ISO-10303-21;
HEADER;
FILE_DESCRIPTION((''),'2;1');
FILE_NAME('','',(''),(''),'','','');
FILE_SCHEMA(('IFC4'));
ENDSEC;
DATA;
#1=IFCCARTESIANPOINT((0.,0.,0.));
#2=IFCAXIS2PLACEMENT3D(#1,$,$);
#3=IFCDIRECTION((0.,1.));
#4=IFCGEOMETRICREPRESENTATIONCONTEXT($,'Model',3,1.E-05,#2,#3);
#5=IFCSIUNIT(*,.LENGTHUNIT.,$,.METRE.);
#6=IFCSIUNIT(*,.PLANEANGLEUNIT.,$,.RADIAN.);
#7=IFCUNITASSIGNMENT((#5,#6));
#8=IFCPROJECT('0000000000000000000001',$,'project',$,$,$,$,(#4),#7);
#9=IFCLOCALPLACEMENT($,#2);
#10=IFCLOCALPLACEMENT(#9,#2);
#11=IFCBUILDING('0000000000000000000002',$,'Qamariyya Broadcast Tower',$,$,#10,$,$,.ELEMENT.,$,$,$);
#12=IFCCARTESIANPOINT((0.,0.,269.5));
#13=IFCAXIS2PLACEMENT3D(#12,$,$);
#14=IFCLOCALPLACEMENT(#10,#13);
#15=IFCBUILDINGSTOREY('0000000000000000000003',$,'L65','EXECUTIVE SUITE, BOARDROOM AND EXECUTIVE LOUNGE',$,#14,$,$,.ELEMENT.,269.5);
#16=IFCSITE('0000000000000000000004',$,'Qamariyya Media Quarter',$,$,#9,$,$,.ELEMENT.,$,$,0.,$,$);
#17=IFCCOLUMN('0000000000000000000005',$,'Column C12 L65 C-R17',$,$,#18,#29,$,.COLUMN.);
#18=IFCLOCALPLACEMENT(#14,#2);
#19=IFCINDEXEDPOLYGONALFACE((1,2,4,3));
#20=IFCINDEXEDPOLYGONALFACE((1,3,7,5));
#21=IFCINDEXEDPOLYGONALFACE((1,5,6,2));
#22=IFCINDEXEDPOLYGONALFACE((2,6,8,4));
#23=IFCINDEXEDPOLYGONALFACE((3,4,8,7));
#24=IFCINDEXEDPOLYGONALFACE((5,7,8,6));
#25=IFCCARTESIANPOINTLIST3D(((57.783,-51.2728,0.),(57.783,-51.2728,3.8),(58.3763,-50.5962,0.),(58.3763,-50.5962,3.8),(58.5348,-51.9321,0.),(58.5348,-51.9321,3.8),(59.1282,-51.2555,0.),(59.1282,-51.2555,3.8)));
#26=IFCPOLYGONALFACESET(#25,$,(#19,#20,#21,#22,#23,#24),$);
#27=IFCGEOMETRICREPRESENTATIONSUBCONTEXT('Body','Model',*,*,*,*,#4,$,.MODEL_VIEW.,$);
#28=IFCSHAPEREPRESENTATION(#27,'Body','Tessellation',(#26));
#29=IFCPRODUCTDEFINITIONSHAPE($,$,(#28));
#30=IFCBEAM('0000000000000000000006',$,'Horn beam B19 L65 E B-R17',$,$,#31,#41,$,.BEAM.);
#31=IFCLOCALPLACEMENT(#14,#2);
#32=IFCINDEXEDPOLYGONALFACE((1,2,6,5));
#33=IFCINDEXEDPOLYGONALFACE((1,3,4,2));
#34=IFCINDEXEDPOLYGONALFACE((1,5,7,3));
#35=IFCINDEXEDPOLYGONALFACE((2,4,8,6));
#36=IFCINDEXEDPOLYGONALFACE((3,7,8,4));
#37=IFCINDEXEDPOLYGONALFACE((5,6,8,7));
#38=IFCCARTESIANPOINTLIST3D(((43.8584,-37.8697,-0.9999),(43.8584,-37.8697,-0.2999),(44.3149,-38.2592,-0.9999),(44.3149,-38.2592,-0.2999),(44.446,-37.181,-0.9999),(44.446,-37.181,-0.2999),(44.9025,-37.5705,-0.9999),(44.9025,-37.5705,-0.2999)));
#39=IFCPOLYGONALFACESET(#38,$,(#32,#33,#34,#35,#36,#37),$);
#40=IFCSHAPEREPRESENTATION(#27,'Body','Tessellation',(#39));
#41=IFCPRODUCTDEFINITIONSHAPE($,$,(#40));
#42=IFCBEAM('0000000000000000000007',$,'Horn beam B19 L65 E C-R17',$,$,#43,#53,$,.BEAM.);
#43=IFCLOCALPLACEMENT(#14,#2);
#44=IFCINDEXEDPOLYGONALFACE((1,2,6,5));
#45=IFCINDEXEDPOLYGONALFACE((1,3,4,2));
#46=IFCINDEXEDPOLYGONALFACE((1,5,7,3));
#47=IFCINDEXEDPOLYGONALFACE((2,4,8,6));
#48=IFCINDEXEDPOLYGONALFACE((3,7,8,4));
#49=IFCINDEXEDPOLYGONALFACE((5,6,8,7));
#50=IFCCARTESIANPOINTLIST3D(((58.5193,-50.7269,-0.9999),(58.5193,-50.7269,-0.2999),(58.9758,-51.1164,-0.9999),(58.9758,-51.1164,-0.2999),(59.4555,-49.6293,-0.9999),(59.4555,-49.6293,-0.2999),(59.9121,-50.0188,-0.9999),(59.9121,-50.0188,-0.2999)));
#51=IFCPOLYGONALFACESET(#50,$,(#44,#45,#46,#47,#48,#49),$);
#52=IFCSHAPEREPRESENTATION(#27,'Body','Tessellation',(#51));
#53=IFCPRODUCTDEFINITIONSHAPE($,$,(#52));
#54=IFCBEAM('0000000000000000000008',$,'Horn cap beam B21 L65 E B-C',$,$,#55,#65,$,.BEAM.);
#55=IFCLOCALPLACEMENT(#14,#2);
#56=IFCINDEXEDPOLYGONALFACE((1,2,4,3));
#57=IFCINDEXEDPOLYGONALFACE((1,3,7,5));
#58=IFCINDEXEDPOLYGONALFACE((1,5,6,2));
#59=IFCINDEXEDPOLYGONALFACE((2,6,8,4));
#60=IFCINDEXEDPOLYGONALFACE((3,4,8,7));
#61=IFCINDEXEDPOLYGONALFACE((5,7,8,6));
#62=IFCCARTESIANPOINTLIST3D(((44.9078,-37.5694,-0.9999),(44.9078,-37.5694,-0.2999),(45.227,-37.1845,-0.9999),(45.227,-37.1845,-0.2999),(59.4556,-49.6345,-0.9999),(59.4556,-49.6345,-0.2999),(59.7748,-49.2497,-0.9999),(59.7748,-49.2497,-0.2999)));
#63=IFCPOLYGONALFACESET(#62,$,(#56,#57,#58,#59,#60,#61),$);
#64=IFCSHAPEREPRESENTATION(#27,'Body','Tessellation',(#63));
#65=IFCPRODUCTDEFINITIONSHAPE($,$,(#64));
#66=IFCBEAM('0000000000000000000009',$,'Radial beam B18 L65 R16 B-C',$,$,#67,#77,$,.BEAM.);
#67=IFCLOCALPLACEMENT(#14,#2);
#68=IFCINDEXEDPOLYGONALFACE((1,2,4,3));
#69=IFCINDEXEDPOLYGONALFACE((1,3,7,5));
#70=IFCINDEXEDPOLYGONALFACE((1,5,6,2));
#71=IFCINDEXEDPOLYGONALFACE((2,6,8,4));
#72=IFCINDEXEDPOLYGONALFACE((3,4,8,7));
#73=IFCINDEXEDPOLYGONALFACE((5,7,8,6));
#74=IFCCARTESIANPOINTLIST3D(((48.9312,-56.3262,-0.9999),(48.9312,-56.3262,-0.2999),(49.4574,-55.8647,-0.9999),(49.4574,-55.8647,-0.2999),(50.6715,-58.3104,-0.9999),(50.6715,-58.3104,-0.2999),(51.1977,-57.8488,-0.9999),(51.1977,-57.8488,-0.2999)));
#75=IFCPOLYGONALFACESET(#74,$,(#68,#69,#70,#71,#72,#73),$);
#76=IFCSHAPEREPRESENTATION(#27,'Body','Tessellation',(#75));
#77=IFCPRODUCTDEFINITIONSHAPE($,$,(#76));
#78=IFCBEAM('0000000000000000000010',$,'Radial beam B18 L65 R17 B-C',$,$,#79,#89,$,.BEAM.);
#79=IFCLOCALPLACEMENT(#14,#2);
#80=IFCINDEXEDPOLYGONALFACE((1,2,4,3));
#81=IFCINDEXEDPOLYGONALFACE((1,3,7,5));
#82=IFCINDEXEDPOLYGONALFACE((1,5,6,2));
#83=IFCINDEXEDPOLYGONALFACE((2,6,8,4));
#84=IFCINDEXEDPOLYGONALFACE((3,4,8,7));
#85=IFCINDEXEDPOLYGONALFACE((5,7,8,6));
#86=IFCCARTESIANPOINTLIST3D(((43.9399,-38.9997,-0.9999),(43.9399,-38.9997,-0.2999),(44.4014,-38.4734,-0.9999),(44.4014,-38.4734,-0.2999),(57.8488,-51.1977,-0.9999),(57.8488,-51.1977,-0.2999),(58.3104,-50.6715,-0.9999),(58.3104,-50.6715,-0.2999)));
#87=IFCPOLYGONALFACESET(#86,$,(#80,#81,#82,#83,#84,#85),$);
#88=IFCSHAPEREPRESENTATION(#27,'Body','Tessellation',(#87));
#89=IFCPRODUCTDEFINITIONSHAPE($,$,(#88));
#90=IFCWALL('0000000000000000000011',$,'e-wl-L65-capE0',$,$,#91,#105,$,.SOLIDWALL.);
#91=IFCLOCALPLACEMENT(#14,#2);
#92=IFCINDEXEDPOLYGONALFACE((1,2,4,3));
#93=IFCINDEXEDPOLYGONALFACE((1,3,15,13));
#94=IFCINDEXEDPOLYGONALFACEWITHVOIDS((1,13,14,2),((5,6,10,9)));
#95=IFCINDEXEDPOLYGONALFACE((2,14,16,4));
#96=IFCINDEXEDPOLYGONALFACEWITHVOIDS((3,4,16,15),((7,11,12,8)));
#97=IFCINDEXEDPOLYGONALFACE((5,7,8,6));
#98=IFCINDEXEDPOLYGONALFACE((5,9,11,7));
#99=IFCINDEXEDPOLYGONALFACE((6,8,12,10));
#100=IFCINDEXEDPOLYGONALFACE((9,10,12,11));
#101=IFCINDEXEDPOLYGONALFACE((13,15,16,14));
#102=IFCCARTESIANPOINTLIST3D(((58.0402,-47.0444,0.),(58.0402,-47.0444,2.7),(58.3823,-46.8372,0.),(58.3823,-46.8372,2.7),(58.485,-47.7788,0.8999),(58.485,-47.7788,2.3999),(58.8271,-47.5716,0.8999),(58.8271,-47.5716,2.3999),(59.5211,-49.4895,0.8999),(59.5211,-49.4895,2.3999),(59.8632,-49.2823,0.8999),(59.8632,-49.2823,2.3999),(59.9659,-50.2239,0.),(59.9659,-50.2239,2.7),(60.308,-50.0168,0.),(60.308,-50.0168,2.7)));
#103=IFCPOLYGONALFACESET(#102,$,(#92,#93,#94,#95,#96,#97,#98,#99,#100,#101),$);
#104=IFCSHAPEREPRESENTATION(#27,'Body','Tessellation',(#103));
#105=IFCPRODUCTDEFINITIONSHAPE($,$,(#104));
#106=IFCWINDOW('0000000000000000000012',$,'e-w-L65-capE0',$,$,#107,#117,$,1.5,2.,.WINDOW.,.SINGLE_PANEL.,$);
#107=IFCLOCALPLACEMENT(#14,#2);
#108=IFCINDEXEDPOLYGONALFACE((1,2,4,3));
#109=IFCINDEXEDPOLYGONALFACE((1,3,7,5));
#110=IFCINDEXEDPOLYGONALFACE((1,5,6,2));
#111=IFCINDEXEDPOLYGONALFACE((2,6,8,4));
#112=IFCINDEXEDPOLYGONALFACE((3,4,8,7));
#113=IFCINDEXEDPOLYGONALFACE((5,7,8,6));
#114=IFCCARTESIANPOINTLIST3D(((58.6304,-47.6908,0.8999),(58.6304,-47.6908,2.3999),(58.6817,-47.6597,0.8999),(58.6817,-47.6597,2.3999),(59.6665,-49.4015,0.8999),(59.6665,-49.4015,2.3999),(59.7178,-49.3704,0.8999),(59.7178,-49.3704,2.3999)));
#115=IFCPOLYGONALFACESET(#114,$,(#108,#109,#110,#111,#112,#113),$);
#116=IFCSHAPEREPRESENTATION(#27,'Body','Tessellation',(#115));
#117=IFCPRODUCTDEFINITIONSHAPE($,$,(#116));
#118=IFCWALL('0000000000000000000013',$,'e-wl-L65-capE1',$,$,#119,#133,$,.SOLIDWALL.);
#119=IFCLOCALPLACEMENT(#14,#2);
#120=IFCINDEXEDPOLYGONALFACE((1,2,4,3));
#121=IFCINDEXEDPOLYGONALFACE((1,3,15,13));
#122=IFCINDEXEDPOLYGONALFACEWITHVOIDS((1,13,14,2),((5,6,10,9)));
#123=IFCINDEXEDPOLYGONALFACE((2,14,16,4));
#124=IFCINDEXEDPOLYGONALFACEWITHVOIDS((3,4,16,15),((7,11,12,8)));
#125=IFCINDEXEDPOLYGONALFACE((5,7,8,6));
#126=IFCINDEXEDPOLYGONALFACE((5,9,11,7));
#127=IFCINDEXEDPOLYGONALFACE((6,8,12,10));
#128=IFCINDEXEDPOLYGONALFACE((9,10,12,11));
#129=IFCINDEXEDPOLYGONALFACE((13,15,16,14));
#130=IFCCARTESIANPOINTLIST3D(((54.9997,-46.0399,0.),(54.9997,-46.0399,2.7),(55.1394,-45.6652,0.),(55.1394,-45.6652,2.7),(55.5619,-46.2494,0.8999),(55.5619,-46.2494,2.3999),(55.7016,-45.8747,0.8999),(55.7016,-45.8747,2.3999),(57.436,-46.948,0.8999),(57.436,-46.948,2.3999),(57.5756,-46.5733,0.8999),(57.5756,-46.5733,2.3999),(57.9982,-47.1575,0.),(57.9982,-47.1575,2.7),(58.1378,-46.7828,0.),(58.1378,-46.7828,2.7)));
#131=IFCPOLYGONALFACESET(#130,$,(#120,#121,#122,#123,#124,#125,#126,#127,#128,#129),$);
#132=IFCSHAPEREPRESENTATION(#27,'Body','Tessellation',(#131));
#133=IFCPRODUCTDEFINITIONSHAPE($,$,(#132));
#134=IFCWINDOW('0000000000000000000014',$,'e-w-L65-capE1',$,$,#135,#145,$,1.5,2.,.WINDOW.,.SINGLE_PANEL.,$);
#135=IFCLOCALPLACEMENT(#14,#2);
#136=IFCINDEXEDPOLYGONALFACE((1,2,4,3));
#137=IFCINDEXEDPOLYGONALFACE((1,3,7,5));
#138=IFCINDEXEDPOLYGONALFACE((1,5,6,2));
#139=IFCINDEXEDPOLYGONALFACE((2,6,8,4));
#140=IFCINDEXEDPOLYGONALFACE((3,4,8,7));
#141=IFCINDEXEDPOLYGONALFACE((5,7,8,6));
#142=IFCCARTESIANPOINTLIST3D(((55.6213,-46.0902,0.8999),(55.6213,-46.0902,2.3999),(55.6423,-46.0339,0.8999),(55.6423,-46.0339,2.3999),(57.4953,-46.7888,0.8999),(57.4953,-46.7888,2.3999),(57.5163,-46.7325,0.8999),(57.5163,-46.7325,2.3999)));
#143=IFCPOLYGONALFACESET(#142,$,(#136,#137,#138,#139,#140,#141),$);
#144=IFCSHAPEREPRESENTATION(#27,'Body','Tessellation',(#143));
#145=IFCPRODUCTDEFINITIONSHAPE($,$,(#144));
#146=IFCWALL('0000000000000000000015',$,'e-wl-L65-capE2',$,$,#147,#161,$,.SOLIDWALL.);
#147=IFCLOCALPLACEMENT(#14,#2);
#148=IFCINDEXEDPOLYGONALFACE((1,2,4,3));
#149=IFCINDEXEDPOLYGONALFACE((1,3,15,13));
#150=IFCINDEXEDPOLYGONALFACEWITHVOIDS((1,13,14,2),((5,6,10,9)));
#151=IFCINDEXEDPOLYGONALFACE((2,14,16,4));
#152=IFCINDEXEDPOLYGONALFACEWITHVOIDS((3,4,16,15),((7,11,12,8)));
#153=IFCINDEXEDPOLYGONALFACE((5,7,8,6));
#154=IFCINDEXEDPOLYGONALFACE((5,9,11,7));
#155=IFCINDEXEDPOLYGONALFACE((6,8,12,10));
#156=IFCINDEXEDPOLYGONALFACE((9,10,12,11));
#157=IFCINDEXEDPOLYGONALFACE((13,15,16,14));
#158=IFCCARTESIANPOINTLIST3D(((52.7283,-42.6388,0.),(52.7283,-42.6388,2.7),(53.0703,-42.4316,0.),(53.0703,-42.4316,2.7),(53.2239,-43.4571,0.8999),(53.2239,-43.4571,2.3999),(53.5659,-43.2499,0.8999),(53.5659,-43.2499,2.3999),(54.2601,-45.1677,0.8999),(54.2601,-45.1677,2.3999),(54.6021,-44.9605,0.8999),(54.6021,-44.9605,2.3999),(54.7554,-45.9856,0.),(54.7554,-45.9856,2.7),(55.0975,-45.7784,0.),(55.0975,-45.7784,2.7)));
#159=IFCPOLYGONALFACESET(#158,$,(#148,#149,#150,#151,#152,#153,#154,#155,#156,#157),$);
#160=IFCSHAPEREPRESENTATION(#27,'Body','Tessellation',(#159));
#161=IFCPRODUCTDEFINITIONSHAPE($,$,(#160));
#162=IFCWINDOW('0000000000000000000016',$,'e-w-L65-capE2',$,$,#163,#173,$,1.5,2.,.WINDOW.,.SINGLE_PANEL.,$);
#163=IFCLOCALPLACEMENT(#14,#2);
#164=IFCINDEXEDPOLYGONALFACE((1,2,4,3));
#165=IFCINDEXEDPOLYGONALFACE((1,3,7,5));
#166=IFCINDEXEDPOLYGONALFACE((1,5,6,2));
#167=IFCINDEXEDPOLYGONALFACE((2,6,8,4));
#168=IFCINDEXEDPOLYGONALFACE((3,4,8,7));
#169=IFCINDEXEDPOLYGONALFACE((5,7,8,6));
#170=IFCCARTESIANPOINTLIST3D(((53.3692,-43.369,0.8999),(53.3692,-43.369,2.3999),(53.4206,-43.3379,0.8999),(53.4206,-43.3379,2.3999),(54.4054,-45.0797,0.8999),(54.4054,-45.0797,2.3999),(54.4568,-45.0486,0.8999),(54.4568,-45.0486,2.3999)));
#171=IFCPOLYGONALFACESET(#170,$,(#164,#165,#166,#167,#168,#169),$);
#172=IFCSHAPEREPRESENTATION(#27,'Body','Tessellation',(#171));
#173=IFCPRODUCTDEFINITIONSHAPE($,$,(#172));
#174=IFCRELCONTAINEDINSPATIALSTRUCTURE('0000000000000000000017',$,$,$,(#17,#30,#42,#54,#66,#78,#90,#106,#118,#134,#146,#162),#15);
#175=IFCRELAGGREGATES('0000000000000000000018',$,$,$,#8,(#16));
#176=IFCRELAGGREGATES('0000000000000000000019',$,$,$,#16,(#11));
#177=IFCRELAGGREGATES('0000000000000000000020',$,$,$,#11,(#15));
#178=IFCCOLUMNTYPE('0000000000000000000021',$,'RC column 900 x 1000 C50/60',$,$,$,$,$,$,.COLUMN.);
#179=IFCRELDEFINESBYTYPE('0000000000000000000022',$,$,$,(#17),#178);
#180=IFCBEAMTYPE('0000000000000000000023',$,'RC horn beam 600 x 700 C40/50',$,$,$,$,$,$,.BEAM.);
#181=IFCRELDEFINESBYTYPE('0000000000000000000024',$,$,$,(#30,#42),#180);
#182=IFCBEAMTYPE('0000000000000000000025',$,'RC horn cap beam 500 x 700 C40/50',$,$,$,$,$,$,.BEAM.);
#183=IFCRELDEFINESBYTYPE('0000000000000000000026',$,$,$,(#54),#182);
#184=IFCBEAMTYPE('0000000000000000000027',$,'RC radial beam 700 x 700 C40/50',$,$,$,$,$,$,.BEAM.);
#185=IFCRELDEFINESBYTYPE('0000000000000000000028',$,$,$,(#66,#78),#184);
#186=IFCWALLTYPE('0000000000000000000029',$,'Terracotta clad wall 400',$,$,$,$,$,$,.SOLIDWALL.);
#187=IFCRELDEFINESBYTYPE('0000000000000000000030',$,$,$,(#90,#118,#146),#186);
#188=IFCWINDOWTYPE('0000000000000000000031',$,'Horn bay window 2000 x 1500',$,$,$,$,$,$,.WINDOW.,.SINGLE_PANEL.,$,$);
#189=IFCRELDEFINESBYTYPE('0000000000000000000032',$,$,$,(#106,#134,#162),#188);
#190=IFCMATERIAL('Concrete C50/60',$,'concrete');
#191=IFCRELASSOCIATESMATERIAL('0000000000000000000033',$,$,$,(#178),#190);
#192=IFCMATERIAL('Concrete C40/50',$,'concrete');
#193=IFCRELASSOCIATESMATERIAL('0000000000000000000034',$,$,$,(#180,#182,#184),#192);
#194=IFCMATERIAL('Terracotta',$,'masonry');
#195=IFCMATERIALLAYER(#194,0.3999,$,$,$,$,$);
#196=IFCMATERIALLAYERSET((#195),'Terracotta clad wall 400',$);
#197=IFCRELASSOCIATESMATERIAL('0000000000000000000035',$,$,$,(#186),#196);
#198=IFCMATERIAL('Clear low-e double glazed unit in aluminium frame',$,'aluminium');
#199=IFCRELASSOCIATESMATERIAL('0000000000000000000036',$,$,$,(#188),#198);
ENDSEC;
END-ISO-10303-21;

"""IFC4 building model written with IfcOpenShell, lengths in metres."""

from ifc_helpers import new_model, si_unit, direction, frame, frame_2d, origin, origin_2d, place, context, subcontext, project, spatial, rectangle, extrude, material, layer, layer_set, material_profile, profile_set, type_object, element, fill, save


model = new_model("IFC4")

# Units and contexts
model_context = context("Model", 3, precision=1e-05, world=origin(), true_north=direction((0.0, 1.0)))
body_context = subcontext(model_context, "Body", "Model", "MODEL_VIEW")
ifc_project = project(units=[si_unit("LENGTHUNIT", "METRE"), si_unit("PLANEANGLEUNIT", "RADIAN")], contexts=[model_context])

# Site, building, storey
site_placement = place(None, origin())
site = spatial("IfcSite", under=ifc_project, at=site_placement, Name="Qamariyya Media Quarter", CompositionType="ELEMENT", RefElevation=0.0)
building_placement = place(site_placement, origin())
building = spatial("IfcBuilding", under=site, at=building_placement, Name="Qamariyya Broadcast Tower", CompositionType="ELEMENT")
storey_placement = place(building_placement, frame((0.0, 0.0, 269.5)))
storey = spatial("IfcBuildingStorey", under=building, at=storey_placement, Name="L65", Description="EXECUTIVE SUITE, BOARDROOM AND EXECUTIVE LOUNGE", CompositionType="ELEMENT", Elevation=269.5)

# Column
ifc_material_1 = material(Name="Concrete C50/60", Category="concrete")
ifc_material_profile_1 = material_profile(ifc_material_1, rectangle(XDim=0.8999, YDim=1.0, at=origin_2d()))
ifc_profile_set_1 = profile_set([ifc_material_profile_1], Name="Concrete C50/60")
column_type = type_object("IfcColumnType", Name="RC column 900 x 1000 C50/60", PredefinedType="COLUMN", material=ifc_profile_set_1)
column_placement = place(storey_placement, frame((58.4556, -51.2642, 0.0), z_axis=(0.0, 0.0, 1.0), x_axis=(0.659346, 0.75184, 0.0)))
element("IfcColumn", 1, at=column_placement, inside=storey, type_object=column_type, Name="Column C12 L65 C-R17", PredefinedType="COLUMN", context=body_context, shape_type="SweptSolid", body=[
    extrude(rectangle(XDim=0.8999, YDim=1.0, at=origin_2d()), origin(), (0.0, 0.0, 1.0), 3.8),
])

# Beams
ifc_material_2 = material(Name="Concrete C40/50", Category="concrete")
ifc_material_profile_2 = material_profile(ifc_material_2, rectangle(XDim=0.6001, YDim=0.7, at=origin_2d()))
ifc_profile_set_2 = profile_set([ifc_material_profile_2], Name="Concrete C40/50")
beam_type_1 = type_object("IfcBeamType", Name="RC horn beam 600 x 700 C40/50", PredefinedType="BEAM", material=ifc_profile_set_2)
beam_1_placement = place(storey_placement, frame((44.0867, -38.0645, -0.6499), z_axis=(0.64908, 0.76072, 0.0), x_axis=(-0.76072, 0.64908, 0.0)))
element("IfcBeam", 2, at=beam_1_placement, inside=storey, type_object=beam_type_1, Name="Horn beam B19 L65 E B-R17", PredefinedType="BEAM", context=body_context, shape_type="SweptSolid", body=[
    extrude(rectangle(XDim=0.6001, YDim=0.7, at=origin_2d()), origin(), (0.0, 0.0, 1.0), 0.9053),
])
beam_2_placement = place(storey_placement, frame((58.7476, -50.9216, -0.6499), z_axis=(0.648964, 0.760819, 0.0), x_axis=(-0.760819, 0.648964, 0.0)))
element("IfcBeam", 3, at=beam_2_placement, inside=storey, type_object=beam_type_1, Name="Horn beam B19 L65 E C-R17", PredefinedType="BEAM", context=body_context, shape_type="SweptSolid", body=[
    extrude(rectangle(XDim=0.6001, YDim=0.7, at=origin_2d()), origin(), (0.0, 0.0, 1.0), 1.4426),
])
ifc_material_profile_3 = material_profile(ifc_material_2, rectangle(XDim=0.5, YDim=0.7, at=origin_2d()))
ifc_profile_set_3 = profile_set([ifc_material_profile_3], Name="Concrete C40/50")
beam_type_2 = type_object("IfcBeamType", Name="RC horn cap beam 500 x 700 C40/50", PredefinedType="BEAM", material=ifc_profile_set_3)
beam_3_placement = place(storey_placement, frame((45.0674, -37.377, -0.6499), z_axis=(0.769729, -0.638371, 0.0), x_axis=(0.638371, 0.769729, 0.0)))
element("IfcBeam", 4, at=beam_3_placement, inside=storey, type_object=beam_type_2, Name="Horn cap beam B21 L65 E B-C", PredefinedType="BEAM", context=body_context, shape_type="SweptSolid", body=[
    extrude(rectangle(XDim=0.5, YDim=0.7, at=origin_2d()), origin(), (0.0, 0.0, 1.0), 18.8999),
])
ifc_material_profile_4 = material_profile(ifc_material_2, rectangle(XDim=0.7, YDim=0.7, at=origin_2d()))
ifc_profile_set_4 = profile_set([ifc_material_profile_4], Name="Concrete C40/50")
beam_type_3 = type_object("IfcBeamType", Name="RC radial beam 700 x 700 C40/50", PredefinedType="BEAM", material=ifc_profile_set_4)
beam_4_placement = place(storey_placement, frame((49.1943, -56.0955, -0.6499), z_axis=(0.659388, -0.751803, 0.0), x_axis=(0.751803, 0.659388, 0.0)))
element("IfcBeam", 5, at=beam_4_placement, inside=storey, type_object=beam_type_3, Name="Radial beam B18 L65 R16 B-C", PredefinedType="BEAM", context=body_context, shape_type="SweptSolid", body=[
    extrude(rectangle(XDim=0.7, YDim=0.7, at=origin_2d()), origin(), (0.0, 0.0, 1.0), 2.6392),
])
beam_5_placement = place(storey_placement, frame((44.1707, -38.7366, -0.6499), z_axis=(0.751835, -0.659352, 0.0), x_axis=(0.659352, 0.751835, 0.0)))
element("IfcBeam", 6, at=beam_5_placement, inside=storey, type_object=beam_type_3, Name="Radial beam B18 L65 R17 B-C", PredefinedType="BEAM", context=body_context, shape_type="SweptSolid", body=[
    extrude(rectangle(XDim=0.7, YDim=0.7, at=origin_2d()), origin(), (0.0, 0.0, 1.0), 18.5),
])

# Walls, openings, windows
ifc_material_3 = material(Name="Terracotta", Category="masonry")
ifc_layer = layer(ifc_material_3, 0.3999)
ifc_layer_set = layer_set([ifc_layer], Name="Terracotta clad wall 400")
wall_type = type_object("IfcWallType", Name="Terracotta clad wall 400", PredefinedType="SOLIDWALL", material=ifc_layer_set)
wall_1_placement = place(storey_placement, frame((60.137, -50.1204, 0.0), z_axis=(0.0, 0.0, 1.0), x_axis=(-0.518046, 0.855353, 0.0)))
wall_1 = element("IfcWall", 7, at=wall_1_placement, inside=storey, type_object=wall_type, Name="e-wl-L65-capE0", PredefinedType="SOLIDWALL", context=body_context, shape_type="SweptSolid", body=[
    extrude(rectangle(XDim=3.7173, YDim=0.3999, at=frame_2d((1.8586, 0.0))), origin(), (0.0, 0.0, 1.0), 2.7),
])
opening_1_placement = place(wall_1_placement, frame((0.8586, 0.0, 0.8999)))
opening_1 = element("IfcOpeningElement", 8, at=opening_1_placement, cuts=wall_1, PredefinedType="OPENING", context=body_context, shape_type="SweptSolid", body=[
    extrude(rectangle(XDim=2.0, YDim=1.5, at=frame_2d((1.0, 0.75))), frame((0.0, 0.21, 0.0), z_axis=(0.0, -1.0, 0.0), x_axis=(1.0, 0.0, 0.0)), (0.0, 0.0, 1.0), 0.4199),
])
ifc_material_4 = material(Name="Clear low-e double glazed unit in aluminium frame", Category="aluminium")
window_type = type_object("IfcWindowType", Name="Horn bay window 2000 x 1500", PartitioningType="SINGLE_PANEL", PredefinedType="WINDOW", material=ifc_material_4)
window_1_placement = place(opening_1_placement, origin())
window_1 = element("IfcWindow", 9, at=window_1_placement, inside=storey, type_object=window_type, Name="e-w-L65-capE0", OverallHeight=1.5, OverallWidth=2.0, PartitioningType="SINGLE_PANEL", PredefinedType="WINDOW", context=body_context, shape_type="SweptSolid", body=[
    extrude(rectangle(XDim=2.0, YDim=1.5, at=frame_2d((1.0, 0.75))), frame((0.0, 0.03, 0.0), z_axis=(0.0, -1.0, 0.0), x_axis=(1.0, 0.0, 0.0)), (0.0, 0.0, 1.0), 0.0601),
])
fill(opening_1, window_1)
wall_2_placement = place(storey_placement, frame((58.0681, -46.9702, 0.0), z_axis=(0.0, 0.0, 1.0), x_axis=(-0.937023, 0.349267, 0.0)))
wall_2 = element("IfcWall", 10, at=wall_2_placement, inside=storey, type_object=wall_type, Name="e-wl-L65-capE1", PredefinedType="SOLIDWALL", context=body_context, shape_type="SweptSolid", body=[
    extrude(rectangle(XDim=3.2, YDim=0.3999, at=frame_2d((1.6001, 0.0))), origin(), (0.0, 0.0, 1.0), 2.7),
])
opening_2_placement = place(wall_2_placement, frame((0.6001, 0.0, 0.8999)))
opening_2 = element("IfcOpeningElement", 11, at=opening_2_placement, cuts=wall_2, PredefinedType="OPENING", context=body_context, shape_type="SweptSolid", body=[
    extrude(rectangle(XDim=2.0, YDim=1.5, at=frame_2d((1.0, 0.75))), frame((0.0, 0.21, 0.0), z_axis=(0.0, -1.0, 0.0), x_axis=(1.0, 0.0, 0.0)), (0.0, 0.0, 1.0), 0.4199),
])
window_2_placement = place(opening_2_placement, origin())
window_2 = element("IfcWindow", 12, at=window_2_placement, inside=storey, type_object=window_type, Name="e-w-L65-capE1", OverallHeight=1.5, OverallWidth=2.0, PartitioningType="SINGLE_PANEL", PredefinedType="WINDOW", context=body_context, shape_type="SweptSolid", body=[
    extrude(rectangle(XDim=2.0, YDim=1.5, at=frame_2d((1.0, 0.75))), frame((0.0, 0.03, 0.0), z_axis=(0.0, -1.0, 0.0), x_axis=(1.0, 0.0, 0.0)), (0.0, 0.0, 1.0), 0.0601),
])
fill(opening_2, window_2)
wall_3_placement = place(storey_placement, frame((54.9265, -45.8821, 0.0), z_axis=(0.0, 0.0, 1.0), x_axis=(-0.518079, 0.855333, 0.0)))
wall_3 = element("IfcWall", 13, at=wall_3_placement, inside=storey, type_object=wall_type, Name="e-wl-L65-capE2", PredefinedType="SOLIDWALL", context=body_context, shape_type="SweptSolid", body=[
    extrude(rectangle(XDim=3.9128, YDim=0.3999, at=frame_2d((1.9565, 0.0))), origin(), (0.0, 0.0, 1.0), 2.7),
])
opening_3_placement = place(wall_3_placement, frame((0.9563, 0.0, 0.8999)))
opening_3 = element("IfcOpeningElement", 14, at=opening_3_placement, cuts=wall_3, PredefinedType="OPENING", context=body_context, shape_type="SweptSolid", body=[
    extrude(rectangle(XDim=2.0, YDim=1.5, at=frame_2d((1.0, 0.75))), frame((0.0, 0.21, 0.0), z_axis=(0.0, -1.0, 0.0), x_axis=(1.0, 0.0, 0.0)), (0.0, 0.0, 1.0), 0.4199),
])
window_3_placement = place(opening_3_placement, origin())
window_3 = element("IfcWindow", 15, at=window_3_placement, inside=storey, type_object=window_type, Name="e-w-L65-capE2", OverallHeight=1.5, OverallWidth=2.0, PartitioningType="SINGLE_PANEL", PredefinedType="WINDOW", context=body_context, shape_type="SweptSolid", body=[
    extrude(rectangle(XDim=2.0, YDim=1.5, at=frame_2d((1.0, 0.75))), frame((0.0, 0.03, 0.0), z_axis=(0.0, -1.0, 0.0), x_axis=(1.0, 0.0, 0.0)), (0.0, 0.0, 1.0), 0.0601),
])
fill(opening_3, window_3)

save(model, "model.ifc")
